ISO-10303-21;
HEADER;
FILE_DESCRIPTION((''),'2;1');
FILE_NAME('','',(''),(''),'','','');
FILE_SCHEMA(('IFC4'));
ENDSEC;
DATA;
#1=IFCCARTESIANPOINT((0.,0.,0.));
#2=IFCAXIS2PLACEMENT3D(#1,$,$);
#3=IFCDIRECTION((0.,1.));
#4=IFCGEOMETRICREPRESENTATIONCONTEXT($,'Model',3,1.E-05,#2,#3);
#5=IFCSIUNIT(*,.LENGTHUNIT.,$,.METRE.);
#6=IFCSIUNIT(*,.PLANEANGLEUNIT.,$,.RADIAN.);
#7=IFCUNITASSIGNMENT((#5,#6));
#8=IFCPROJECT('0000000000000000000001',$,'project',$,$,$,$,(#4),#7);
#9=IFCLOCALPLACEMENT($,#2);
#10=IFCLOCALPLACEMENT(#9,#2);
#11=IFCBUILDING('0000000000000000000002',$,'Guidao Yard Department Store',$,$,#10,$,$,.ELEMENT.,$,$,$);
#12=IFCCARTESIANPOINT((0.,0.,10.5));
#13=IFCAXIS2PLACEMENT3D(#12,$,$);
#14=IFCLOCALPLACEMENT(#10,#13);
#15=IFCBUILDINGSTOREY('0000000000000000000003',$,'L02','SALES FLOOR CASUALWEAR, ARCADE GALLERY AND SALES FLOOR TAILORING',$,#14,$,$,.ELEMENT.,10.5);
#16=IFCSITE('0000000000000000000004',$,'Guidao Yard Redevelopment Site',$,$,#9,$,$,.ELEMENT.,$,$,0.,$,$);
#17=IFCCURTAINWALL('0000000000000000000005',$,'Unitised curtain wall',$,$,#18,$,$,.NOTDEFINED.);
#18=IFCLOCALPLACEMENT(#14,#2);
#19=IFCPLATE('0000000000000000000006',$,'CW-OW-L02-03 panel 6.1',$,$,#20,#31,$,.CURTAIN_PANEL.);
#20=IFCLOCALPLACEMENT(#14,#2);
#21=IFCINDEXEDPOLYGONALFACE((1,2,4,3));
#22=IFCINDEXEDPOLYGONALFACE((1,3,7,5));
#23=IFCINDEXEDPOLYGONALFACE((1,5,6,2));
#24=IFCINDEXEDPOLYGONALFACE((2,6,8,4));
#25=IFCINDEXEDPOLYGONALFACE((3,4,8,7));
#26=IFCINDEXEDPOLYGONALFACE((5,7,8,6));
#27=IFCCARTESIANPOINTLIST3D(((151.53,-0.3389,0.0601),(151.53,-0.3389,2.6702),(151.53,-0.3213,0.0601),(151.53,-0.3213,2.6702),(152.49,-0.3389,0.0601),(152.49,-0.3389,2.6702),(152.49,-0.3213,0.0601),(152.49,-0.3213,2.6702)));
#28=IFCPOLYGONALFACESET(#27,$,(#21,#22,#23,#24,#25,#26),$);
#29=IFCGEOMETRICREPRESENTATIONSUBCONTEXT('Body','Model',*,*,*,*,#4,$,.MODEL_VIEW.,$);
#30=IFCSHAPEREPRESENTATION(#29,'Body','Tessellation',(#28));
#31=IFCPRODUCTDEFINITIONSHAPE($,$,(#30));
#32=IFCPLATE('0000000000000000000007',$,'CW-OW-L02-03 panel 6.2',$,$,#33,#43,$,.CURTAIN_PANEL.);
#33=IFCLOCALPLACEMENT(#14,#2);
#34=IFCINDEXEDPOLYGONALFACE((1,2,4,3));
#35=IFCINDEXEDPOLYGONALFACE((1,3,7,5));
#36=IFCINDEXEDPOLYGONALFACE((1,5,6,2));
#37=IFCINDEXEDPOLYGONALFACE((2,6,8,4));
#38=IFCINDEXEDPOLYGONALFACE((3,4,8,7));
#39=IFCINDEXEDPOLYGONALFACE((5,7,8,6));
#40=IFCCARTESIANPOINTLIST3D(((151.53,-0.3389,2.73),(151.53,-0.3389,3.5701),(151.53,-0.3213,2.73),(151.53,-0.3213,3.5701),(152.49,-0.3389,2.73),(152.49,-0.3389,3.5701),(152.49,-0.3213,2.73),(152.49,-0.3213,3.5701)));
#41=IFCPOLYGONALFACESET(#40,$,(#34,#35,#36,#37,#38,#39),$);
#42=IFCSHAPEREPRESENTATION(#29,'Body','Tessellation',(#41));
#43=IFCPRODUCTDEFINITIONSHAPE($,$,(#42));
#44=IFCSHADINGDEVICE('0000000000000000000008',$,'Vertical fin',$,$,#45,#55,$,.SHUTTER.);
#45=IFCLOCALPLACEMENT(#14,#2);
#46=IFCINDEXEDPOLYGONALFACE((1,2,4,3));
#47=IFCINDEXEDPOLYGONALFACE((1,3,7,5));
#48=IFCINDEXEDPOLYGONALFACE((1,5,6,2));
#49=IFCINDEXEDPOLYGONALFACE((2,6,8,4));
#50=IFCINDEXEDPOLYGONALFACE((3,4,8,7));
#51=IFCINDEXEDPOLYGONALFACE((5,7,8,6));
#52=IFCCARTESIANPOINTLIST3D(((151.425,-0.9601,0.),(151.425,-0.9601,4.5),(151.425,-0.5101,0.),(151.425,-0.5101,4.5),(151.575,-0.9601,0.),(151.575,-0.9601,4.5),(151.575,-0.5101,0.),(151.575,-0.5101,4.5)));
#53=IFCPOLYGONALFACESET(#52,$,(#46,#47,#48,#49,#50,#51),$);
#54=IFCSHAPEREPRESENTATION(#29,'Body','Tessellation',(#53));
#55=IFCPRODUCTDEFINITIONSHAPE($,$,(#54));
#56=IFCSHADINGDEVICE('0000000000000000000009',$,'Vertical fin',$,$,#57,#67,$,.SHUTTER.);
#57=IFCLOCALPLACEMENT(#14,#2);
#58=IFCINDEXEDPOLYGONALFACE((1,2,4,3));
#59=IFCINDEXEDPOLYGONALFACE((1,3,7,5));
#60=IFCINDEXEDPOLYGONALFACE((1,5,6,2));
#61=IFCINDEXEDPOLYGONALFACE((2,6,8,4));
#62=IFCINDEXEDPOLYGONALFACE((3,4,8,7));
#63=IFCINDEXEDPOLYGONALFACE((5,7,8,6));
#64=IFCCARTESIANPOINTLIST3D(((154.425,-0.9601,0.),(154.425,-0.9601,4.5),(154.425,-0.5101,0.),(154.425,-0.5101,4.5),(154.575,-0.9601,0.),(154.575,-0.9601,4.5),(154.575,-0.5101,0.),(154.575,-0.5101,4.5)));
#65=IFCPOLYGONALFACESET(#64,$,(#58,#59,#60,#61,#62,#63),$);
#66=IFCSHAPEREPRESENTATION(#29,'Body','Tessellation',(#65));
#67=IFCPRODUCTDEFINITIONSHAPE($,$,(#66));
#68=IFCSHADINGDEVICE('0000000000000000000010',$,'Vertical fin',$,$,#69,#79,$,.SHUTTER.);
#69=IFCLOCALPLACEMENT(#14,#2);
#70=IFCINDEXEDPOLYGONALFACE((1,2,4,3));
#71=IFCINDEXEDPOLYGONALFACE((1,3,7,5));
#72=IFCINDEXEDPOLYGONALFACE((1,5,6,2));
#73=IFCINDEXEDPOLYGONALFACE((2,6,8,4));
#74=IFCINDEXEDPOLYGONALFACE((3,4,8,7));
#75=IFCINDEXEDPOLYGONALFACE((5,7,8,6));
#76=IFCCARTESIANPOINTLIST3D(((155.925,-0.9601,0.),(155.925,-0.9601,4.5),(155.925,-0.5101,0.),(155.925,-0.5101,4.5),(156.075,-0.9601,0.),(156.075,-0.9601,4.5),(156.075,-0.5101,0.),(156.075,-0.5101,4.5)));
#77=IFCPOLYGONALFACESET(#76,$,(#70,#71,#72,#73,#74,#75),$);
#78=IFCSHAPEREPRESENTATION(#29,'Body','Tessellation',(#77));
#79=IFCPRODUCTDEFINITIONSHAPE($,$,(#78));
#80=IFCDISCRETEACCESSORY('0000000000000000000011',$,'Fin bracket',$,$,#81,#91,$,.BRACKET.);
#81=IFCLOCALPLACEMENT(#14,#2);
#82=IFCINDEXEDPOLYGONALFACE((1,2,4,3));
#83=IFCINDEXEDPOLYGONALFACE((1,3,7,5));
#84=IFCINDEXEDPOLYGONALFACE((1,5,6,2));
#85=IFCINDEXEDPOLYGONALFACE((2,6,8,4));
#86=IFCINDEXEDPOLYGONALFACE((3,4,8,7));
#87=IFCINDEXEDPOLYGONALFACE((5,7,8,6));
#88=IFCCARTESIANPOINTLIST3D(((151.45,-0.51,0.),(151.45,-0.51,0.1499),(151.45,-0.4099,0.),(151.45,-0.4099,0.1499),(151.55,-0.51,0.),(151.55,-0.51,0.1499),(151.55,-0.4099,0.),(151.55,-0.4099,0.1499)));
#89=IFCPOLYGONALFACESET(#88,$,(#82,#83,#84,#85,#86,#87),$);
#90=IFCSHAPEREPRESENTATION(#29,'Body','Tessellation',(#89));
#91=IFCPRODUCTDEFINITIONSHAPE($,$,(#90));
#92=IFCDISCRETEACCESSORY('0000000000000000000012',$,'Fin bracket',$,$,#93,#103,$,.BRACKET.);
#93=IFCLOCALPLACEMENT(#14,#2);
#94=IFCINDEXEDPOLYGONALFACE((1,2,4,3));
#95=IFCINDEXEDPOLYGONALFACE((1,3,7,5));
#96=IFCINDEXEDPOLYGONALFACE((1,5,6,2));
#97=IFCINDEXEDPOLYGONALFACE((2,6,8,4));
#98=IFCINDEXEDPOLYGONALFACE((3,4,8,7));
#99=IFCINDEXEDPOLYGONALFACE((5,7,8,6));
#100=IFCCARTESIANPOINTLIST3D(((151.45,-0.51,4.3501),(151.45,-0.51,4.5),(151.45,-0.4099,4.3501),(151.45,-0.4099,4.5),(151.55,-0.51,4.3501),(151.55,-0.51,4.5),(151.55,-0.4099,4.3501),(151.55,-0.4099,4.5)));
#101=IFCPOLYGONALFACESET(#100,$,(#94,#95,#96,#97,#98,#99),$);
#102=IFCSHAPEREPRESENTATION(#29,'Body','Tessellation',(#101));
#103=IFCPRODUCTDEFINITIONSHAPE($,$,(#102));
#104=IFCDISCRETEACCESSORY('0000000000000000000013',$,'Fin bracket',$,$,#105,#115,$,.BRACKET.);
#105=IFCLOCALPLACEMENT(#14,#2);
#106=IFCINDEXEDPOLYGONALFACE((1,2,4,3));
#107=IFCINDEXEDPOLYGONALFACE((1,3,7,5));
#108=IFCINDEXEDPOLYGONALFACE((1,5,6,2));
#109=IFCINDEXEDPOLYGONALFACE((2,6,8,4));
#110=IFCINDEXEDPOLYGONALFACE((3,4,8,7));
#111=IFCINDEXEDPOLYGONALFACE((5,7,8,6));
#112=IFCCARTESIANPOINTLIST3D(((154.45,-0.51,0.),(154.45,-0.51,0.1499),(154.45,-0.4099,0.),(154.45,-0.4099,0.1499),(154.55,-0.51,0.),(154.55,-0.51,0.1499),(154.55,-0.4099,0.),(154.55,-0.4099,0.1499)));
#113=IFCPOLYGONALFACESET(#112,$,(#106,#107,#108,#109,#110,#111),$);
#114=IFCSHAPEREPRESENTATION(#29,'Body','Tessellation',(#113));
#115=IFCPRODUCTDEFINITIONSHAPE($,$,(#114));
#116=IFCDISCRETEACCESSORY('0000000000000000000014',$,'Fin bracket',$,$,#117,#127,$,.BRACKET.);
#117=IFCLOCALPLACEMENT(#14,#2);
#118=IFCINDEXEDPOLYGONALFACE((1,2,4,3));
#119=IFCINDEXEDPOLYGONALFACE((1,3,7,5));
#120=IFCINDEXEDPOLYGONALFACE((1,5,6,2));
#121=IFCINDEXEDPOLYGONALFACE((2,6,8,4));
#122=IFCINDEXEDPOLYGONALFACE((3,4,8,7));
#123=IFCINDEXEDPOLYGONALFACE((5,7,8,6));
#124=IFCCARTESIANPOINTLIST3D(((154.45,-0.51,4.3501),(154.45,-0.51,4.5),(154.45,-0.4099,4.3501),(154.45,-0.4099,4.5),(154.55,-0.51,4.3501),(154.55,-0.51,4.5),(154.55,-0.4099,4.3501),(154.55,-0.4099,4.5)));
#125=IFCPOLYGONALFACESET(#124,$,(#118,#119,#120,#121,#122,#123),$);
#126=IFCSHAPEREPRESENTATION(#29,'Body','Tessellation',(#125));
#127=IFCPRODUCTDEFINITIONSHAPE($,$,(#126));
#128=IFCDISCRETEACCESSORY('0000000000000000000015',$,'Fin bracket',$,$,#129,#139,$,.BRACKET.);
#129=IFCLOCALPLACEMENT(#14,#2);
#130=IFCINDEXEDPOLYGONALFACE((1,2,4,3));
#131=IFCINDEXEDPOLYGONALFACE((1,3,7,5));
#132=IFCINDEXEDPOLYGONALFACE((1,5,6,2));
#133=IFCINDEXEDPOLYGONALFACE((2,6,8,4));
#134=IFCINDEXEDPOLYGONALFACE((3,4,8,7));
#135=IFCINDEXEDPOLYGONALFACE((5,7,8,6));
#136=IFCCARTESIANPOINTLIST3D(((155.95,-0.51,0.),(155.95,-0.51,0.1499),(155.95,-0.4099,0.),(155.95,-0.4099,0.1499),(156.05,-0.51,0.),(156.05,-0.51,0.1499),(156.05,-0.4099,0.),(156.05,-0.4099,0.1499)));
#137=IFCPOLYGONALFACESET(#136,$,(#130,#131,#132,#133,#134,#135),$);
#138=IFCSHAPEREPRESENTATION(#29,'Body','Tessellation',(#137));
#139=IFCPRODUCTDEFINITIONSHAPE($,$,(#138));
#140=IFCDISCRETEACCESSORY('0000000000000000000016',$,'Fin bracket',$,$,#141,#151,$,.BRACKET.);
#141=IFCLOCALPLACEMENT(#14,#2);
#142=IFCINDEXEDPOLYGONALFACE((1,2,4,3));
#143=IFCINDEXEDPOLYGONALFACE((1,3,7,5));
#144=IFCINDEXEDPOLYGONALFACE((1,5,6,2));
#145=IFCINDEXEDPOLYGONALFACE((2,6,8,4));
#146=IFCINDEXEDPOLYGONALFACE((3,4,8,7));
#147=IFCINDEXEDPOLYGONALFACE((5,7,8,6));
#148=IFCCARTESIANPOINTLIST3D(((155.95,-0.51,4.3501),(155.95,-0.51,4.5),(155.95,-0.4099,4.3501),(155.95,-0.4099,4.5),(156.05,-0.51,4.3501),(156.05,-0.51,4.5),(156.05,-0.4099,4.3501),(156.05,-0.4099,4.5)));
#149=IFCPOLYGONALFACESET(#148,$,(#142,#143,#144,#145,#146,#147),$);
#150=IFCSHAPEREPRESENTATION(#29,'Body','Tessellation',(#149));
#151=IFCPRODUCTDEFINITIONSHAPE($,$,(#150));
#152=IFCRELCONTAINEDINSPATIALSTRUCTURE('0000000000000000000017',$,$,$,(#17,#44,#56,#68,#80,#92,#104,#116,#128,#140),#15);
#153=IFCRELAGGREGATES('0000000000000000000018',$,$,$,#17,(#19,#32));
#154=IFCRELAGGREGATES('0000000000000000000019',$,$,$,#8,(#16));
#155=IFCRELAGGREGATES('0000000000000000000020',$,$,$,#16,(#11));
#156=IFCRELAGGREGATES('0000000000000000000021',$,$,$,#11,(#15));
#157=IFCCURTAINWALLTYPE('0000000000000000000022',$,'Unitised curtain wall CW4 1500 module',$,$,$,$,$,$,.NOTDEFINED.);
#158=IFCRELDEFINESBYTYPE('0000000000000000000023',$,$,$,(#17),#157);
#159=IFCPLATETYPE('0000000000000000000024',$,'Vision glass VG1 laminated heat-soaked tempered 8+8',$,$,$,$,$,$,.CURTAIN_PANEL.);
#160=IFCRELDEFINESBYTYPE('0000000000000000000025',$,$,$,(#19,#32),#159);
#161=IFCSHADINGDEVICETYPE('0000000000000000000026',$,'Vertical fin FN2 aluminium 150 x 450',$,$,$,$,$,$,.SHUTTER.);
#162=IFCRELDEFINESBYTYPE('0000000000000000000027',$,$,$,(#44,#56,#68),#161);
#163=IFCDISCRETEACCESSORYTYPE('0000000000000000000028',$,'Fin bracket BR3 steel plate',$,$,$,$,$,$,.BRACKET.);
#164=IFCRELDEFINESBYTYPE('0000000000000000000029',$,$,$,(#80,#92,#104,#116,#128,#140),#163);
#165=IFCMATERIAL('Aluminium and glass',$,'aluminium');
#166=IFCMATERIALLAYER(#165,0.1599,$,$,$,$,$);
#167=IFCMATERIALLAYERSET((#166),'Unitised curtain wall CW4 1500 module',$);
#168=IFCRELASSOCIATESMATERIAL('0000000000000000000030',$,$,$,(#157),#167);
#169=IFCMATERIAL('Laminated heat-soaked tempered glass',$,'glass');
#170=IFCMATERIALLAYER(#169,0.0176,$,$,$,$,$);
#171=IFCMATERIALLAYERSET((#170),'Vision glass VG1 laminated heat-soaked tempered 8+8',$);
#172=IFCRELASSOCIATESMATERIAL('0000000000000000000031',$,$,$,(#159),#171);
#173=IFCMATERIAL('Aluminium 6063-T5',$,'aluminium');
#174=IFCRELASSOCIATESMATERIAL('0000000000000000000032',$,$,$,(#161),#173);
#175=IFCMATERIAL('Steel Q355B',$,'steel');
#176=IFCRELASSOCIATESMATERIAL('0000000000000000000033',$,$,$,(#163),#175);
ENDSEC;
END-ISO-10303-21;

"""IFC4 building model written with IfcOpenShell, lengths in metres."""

from ifc_helpers import new_model, si_unit, direction, frame, origin, origin_2d, place, context, subcontext, project, spatial, rectangle, extrude, material, layer, layer_set, type_object, element, aggregate, save


model = new_model("IFC4")

# Units and contexts
model_context = context("Model", 3, precision=1e-05, world=origin(), true_north=direction((0.0, 1.0)))
body_context = subcontext(model_context, "Body", "Model", "MODEL_VIEW")
ifc_project = project(units=[si_unit("LENGTHUNIT", "METRE"), si_unit("PLANEANGLEUNIT", "RADIAN")], contexts=[model_context])

# Site, building, storey
site_placement = place(None, origin())
site = spatial("IfcSite", under=ifc_project, at=site_placement, Name="Guidao Yard Redevelopment Site", CompositionType="ELEMENT", RefElevation=0.0)
building_placement = place(site_placement, origin())
building = spatial("IfcBuilding", under=site, at=building_placement, Name="Guidao Yard Department Store", CompositionType="ELEMENT")
storey_placement = place(building_placement, frame((0.0, 0.0, 10.5)))
storey = spatial("IfcBuildingStorey", under=building, at=storey_placement, Name="L02", Description="SALES FLOOR CASUALWEAR, ARCADE GALLERY AND SALES FLOOR TAILORING", CompositionType="ELEMENT", Elevation=10.5)

# Curtain wall, plates
ifc_material_1 = material(Name="Aluminium and glass", Category="aluminium")
ifc_layer_1 = layer(ifc_material_1, 0.1599)
ifc_layer_set_1 = layer_set([ifc_layer_1], Name="Unitised curtain wall CW4 1500 module")
curtain_wall_type = type_object("IfcCurtainWallType", Name="Unitised curtain wall CW4 1500 module", PredefinedType="NOTDEFINED", material=ifc_layer_set_1)
curtain_wall_placement = place(storey_placement, origin())
curtain_wall = element("IfcCurtainWall", 1, at=curtain_wall_placement, inside=storey, type_object=curtain_wall_type, Name="Unitised curtain wall", PredefinedType="NOTDEFINED")
ifc_material_2 = material(Name="Laminated heat-soaked tempered glass", Category="glass")
ifc_layer_2 = layer(ifc_material_2, 0.0176)
ifc_layer_set_2 = layer_set([ifc_layer_2], Name="Vision glass VG1 laminated heat-soaked tempered 8+8")
plate_type_1 = type_object("IfcPlateType", Name="Vision glass VG1 laminated heat-soaked tempered 8+8", PredefinedType="CURTAIN_PANEL", material=ifc_layer_set_2)
plate_1_placement = place(storey_placement, frame((152.01, -0.3301, 0.0601), z_axis=(0.0, 0.0, 1.0), x_axis=(-1.0, 0.0, 0.0)))
plate_1 = element("IfcPlate", 2, at=plate_1_placement, type_object=plate_type_1, Name="CW-OW-L02-03 panel 6.1", PredefinedType="CURTAIN_PANEL", context=body_context, shape_type="SweptSolid", body=[
    extrude(rectangle(XDim=0.96, YDim=0.0176, at=origin_2d()), origin(), (0.0, 0.0, 1.0), 2.6101),
])
plate_2_placement = place(storey_placement, frame((152.01, -0.3301, 2.73), z_axis=(0.0, 0.0, 1.0), x_axis=(-1.0, 0.0, 0.0)))
plate_2 = element("IfcPlate", 3, at=plate_2_placement, type_object=plate_type_1, Name="CW-OW-L02-03 panel 6.2", PredefinedType="CURTAIN_PANEL", context=body_context, shape_type="SweptSolid", body=[
    extrude(rectangle(XDim=0.96, YDim=0.0176, at=origin_2d()), origin(), (0.0, 0.0, 1.0), 0.8401),
])
aggregate(curtain_wall, [plate_1, plate_2])

# Shading devices
ifc_material_3 = material(Name="Aluminium 6063-T5", Category="aluminium")
shading_device_type = type_object("IfcShadingDeviceType", Name="Vertical fin FN2 aluminium 150 x 450", PredefinedType="SHUTTER", material=ifc_material_3)
for number, where, z_axis, x_axis, name in (
    (4, (151.5, -0.7351, 0.0), (0.0, 0.0, 1.0), (-1.0, 0.0, 0.0), "Vertical fin"),
    (5, (154.5, -0.7351, 0.0), (0.0, 0.0, 1.0), (-1.0, 0.0, 0.0), "Vertical fin"),
    (6, (156.0, -0.7351, 0.0), (0.0, 0.0, 1.0), (-1.0, 0.0, 0.0), "Vertical fin"),
):
    element("IfcShadingDevice", number, at=place(storey_placement, frame(where, z_axis=z_axis, x_axis=x_axis)), inside=storey, type_object=shading_device_type, Name=name, PredefinedType="SHUTTER", context=body_context, shape_type="SweptSolid", body=[
        extrude(rectangle(XDim=0.1499, YDim=0.45, at=origin_2d()), origin(), (0.0, 0.0, 1.0), 4.5),
    ])

# Discrete accessories
ifc_material_4 = material(Name="Steel Q355B", Category="steel")
discrete_accessory_type = type_object("IfcDiscreteAccessoryType", Name="Fin bracket BR3 steel plate", PredefinedType="BRACKET", material=ifc_material_4)
for number, where, z_axis, x_axis, name in (
    (7, (151.5, -0.46, 0.0), (0.0, 0.0, 1.0), (-1.0, 0.0, 0.0), "Fin bracket"),
    (8, (151.5, -0.46, 4.3501), (0.0, 0.0, 1.0), (-1.0, 0.0, 0.0), "Fin bracket"),
    (9, (154.5, -0.46, 0.0), (0.0, 0.0, 1.0), (-1.0, 0.0, 0.0), "Fin bracket"),
    (10, (154.5, -0.46, 4.3501), (0.0, 0.0, 1.0), (-1.0, 0.0, 0.0), "Fin bracket"),
    (11, (156.0, -0.46, 0.0), (0.0, 0.0, 1.0), (-1.0, 0.0, 0.0), "Fin bracket"),
    (12, (156.0, -0.46, 4.3501), (0.0, 0.0, 1.0), (-1.0, 0.0, 0.0), "Fin bracket"),
):
    element("IfcDiscreteAccessory", number, at=place(storey_placement, frame(where, z_axis=z_axis, x_axis=x_axis)), inside=storey, type_object=discrete_accessory_type, Name=name, PredefinedType="BRACKET", context=body_context, shape_type="SweptSolid", body=[
        extrude(rectangle(XDim=0.1001, YDim=0.1001, at=origin_2d()), origin(), (0.0, 0.0, 1.0), 0.1499),
    ])

save(model, "model.ifc")
